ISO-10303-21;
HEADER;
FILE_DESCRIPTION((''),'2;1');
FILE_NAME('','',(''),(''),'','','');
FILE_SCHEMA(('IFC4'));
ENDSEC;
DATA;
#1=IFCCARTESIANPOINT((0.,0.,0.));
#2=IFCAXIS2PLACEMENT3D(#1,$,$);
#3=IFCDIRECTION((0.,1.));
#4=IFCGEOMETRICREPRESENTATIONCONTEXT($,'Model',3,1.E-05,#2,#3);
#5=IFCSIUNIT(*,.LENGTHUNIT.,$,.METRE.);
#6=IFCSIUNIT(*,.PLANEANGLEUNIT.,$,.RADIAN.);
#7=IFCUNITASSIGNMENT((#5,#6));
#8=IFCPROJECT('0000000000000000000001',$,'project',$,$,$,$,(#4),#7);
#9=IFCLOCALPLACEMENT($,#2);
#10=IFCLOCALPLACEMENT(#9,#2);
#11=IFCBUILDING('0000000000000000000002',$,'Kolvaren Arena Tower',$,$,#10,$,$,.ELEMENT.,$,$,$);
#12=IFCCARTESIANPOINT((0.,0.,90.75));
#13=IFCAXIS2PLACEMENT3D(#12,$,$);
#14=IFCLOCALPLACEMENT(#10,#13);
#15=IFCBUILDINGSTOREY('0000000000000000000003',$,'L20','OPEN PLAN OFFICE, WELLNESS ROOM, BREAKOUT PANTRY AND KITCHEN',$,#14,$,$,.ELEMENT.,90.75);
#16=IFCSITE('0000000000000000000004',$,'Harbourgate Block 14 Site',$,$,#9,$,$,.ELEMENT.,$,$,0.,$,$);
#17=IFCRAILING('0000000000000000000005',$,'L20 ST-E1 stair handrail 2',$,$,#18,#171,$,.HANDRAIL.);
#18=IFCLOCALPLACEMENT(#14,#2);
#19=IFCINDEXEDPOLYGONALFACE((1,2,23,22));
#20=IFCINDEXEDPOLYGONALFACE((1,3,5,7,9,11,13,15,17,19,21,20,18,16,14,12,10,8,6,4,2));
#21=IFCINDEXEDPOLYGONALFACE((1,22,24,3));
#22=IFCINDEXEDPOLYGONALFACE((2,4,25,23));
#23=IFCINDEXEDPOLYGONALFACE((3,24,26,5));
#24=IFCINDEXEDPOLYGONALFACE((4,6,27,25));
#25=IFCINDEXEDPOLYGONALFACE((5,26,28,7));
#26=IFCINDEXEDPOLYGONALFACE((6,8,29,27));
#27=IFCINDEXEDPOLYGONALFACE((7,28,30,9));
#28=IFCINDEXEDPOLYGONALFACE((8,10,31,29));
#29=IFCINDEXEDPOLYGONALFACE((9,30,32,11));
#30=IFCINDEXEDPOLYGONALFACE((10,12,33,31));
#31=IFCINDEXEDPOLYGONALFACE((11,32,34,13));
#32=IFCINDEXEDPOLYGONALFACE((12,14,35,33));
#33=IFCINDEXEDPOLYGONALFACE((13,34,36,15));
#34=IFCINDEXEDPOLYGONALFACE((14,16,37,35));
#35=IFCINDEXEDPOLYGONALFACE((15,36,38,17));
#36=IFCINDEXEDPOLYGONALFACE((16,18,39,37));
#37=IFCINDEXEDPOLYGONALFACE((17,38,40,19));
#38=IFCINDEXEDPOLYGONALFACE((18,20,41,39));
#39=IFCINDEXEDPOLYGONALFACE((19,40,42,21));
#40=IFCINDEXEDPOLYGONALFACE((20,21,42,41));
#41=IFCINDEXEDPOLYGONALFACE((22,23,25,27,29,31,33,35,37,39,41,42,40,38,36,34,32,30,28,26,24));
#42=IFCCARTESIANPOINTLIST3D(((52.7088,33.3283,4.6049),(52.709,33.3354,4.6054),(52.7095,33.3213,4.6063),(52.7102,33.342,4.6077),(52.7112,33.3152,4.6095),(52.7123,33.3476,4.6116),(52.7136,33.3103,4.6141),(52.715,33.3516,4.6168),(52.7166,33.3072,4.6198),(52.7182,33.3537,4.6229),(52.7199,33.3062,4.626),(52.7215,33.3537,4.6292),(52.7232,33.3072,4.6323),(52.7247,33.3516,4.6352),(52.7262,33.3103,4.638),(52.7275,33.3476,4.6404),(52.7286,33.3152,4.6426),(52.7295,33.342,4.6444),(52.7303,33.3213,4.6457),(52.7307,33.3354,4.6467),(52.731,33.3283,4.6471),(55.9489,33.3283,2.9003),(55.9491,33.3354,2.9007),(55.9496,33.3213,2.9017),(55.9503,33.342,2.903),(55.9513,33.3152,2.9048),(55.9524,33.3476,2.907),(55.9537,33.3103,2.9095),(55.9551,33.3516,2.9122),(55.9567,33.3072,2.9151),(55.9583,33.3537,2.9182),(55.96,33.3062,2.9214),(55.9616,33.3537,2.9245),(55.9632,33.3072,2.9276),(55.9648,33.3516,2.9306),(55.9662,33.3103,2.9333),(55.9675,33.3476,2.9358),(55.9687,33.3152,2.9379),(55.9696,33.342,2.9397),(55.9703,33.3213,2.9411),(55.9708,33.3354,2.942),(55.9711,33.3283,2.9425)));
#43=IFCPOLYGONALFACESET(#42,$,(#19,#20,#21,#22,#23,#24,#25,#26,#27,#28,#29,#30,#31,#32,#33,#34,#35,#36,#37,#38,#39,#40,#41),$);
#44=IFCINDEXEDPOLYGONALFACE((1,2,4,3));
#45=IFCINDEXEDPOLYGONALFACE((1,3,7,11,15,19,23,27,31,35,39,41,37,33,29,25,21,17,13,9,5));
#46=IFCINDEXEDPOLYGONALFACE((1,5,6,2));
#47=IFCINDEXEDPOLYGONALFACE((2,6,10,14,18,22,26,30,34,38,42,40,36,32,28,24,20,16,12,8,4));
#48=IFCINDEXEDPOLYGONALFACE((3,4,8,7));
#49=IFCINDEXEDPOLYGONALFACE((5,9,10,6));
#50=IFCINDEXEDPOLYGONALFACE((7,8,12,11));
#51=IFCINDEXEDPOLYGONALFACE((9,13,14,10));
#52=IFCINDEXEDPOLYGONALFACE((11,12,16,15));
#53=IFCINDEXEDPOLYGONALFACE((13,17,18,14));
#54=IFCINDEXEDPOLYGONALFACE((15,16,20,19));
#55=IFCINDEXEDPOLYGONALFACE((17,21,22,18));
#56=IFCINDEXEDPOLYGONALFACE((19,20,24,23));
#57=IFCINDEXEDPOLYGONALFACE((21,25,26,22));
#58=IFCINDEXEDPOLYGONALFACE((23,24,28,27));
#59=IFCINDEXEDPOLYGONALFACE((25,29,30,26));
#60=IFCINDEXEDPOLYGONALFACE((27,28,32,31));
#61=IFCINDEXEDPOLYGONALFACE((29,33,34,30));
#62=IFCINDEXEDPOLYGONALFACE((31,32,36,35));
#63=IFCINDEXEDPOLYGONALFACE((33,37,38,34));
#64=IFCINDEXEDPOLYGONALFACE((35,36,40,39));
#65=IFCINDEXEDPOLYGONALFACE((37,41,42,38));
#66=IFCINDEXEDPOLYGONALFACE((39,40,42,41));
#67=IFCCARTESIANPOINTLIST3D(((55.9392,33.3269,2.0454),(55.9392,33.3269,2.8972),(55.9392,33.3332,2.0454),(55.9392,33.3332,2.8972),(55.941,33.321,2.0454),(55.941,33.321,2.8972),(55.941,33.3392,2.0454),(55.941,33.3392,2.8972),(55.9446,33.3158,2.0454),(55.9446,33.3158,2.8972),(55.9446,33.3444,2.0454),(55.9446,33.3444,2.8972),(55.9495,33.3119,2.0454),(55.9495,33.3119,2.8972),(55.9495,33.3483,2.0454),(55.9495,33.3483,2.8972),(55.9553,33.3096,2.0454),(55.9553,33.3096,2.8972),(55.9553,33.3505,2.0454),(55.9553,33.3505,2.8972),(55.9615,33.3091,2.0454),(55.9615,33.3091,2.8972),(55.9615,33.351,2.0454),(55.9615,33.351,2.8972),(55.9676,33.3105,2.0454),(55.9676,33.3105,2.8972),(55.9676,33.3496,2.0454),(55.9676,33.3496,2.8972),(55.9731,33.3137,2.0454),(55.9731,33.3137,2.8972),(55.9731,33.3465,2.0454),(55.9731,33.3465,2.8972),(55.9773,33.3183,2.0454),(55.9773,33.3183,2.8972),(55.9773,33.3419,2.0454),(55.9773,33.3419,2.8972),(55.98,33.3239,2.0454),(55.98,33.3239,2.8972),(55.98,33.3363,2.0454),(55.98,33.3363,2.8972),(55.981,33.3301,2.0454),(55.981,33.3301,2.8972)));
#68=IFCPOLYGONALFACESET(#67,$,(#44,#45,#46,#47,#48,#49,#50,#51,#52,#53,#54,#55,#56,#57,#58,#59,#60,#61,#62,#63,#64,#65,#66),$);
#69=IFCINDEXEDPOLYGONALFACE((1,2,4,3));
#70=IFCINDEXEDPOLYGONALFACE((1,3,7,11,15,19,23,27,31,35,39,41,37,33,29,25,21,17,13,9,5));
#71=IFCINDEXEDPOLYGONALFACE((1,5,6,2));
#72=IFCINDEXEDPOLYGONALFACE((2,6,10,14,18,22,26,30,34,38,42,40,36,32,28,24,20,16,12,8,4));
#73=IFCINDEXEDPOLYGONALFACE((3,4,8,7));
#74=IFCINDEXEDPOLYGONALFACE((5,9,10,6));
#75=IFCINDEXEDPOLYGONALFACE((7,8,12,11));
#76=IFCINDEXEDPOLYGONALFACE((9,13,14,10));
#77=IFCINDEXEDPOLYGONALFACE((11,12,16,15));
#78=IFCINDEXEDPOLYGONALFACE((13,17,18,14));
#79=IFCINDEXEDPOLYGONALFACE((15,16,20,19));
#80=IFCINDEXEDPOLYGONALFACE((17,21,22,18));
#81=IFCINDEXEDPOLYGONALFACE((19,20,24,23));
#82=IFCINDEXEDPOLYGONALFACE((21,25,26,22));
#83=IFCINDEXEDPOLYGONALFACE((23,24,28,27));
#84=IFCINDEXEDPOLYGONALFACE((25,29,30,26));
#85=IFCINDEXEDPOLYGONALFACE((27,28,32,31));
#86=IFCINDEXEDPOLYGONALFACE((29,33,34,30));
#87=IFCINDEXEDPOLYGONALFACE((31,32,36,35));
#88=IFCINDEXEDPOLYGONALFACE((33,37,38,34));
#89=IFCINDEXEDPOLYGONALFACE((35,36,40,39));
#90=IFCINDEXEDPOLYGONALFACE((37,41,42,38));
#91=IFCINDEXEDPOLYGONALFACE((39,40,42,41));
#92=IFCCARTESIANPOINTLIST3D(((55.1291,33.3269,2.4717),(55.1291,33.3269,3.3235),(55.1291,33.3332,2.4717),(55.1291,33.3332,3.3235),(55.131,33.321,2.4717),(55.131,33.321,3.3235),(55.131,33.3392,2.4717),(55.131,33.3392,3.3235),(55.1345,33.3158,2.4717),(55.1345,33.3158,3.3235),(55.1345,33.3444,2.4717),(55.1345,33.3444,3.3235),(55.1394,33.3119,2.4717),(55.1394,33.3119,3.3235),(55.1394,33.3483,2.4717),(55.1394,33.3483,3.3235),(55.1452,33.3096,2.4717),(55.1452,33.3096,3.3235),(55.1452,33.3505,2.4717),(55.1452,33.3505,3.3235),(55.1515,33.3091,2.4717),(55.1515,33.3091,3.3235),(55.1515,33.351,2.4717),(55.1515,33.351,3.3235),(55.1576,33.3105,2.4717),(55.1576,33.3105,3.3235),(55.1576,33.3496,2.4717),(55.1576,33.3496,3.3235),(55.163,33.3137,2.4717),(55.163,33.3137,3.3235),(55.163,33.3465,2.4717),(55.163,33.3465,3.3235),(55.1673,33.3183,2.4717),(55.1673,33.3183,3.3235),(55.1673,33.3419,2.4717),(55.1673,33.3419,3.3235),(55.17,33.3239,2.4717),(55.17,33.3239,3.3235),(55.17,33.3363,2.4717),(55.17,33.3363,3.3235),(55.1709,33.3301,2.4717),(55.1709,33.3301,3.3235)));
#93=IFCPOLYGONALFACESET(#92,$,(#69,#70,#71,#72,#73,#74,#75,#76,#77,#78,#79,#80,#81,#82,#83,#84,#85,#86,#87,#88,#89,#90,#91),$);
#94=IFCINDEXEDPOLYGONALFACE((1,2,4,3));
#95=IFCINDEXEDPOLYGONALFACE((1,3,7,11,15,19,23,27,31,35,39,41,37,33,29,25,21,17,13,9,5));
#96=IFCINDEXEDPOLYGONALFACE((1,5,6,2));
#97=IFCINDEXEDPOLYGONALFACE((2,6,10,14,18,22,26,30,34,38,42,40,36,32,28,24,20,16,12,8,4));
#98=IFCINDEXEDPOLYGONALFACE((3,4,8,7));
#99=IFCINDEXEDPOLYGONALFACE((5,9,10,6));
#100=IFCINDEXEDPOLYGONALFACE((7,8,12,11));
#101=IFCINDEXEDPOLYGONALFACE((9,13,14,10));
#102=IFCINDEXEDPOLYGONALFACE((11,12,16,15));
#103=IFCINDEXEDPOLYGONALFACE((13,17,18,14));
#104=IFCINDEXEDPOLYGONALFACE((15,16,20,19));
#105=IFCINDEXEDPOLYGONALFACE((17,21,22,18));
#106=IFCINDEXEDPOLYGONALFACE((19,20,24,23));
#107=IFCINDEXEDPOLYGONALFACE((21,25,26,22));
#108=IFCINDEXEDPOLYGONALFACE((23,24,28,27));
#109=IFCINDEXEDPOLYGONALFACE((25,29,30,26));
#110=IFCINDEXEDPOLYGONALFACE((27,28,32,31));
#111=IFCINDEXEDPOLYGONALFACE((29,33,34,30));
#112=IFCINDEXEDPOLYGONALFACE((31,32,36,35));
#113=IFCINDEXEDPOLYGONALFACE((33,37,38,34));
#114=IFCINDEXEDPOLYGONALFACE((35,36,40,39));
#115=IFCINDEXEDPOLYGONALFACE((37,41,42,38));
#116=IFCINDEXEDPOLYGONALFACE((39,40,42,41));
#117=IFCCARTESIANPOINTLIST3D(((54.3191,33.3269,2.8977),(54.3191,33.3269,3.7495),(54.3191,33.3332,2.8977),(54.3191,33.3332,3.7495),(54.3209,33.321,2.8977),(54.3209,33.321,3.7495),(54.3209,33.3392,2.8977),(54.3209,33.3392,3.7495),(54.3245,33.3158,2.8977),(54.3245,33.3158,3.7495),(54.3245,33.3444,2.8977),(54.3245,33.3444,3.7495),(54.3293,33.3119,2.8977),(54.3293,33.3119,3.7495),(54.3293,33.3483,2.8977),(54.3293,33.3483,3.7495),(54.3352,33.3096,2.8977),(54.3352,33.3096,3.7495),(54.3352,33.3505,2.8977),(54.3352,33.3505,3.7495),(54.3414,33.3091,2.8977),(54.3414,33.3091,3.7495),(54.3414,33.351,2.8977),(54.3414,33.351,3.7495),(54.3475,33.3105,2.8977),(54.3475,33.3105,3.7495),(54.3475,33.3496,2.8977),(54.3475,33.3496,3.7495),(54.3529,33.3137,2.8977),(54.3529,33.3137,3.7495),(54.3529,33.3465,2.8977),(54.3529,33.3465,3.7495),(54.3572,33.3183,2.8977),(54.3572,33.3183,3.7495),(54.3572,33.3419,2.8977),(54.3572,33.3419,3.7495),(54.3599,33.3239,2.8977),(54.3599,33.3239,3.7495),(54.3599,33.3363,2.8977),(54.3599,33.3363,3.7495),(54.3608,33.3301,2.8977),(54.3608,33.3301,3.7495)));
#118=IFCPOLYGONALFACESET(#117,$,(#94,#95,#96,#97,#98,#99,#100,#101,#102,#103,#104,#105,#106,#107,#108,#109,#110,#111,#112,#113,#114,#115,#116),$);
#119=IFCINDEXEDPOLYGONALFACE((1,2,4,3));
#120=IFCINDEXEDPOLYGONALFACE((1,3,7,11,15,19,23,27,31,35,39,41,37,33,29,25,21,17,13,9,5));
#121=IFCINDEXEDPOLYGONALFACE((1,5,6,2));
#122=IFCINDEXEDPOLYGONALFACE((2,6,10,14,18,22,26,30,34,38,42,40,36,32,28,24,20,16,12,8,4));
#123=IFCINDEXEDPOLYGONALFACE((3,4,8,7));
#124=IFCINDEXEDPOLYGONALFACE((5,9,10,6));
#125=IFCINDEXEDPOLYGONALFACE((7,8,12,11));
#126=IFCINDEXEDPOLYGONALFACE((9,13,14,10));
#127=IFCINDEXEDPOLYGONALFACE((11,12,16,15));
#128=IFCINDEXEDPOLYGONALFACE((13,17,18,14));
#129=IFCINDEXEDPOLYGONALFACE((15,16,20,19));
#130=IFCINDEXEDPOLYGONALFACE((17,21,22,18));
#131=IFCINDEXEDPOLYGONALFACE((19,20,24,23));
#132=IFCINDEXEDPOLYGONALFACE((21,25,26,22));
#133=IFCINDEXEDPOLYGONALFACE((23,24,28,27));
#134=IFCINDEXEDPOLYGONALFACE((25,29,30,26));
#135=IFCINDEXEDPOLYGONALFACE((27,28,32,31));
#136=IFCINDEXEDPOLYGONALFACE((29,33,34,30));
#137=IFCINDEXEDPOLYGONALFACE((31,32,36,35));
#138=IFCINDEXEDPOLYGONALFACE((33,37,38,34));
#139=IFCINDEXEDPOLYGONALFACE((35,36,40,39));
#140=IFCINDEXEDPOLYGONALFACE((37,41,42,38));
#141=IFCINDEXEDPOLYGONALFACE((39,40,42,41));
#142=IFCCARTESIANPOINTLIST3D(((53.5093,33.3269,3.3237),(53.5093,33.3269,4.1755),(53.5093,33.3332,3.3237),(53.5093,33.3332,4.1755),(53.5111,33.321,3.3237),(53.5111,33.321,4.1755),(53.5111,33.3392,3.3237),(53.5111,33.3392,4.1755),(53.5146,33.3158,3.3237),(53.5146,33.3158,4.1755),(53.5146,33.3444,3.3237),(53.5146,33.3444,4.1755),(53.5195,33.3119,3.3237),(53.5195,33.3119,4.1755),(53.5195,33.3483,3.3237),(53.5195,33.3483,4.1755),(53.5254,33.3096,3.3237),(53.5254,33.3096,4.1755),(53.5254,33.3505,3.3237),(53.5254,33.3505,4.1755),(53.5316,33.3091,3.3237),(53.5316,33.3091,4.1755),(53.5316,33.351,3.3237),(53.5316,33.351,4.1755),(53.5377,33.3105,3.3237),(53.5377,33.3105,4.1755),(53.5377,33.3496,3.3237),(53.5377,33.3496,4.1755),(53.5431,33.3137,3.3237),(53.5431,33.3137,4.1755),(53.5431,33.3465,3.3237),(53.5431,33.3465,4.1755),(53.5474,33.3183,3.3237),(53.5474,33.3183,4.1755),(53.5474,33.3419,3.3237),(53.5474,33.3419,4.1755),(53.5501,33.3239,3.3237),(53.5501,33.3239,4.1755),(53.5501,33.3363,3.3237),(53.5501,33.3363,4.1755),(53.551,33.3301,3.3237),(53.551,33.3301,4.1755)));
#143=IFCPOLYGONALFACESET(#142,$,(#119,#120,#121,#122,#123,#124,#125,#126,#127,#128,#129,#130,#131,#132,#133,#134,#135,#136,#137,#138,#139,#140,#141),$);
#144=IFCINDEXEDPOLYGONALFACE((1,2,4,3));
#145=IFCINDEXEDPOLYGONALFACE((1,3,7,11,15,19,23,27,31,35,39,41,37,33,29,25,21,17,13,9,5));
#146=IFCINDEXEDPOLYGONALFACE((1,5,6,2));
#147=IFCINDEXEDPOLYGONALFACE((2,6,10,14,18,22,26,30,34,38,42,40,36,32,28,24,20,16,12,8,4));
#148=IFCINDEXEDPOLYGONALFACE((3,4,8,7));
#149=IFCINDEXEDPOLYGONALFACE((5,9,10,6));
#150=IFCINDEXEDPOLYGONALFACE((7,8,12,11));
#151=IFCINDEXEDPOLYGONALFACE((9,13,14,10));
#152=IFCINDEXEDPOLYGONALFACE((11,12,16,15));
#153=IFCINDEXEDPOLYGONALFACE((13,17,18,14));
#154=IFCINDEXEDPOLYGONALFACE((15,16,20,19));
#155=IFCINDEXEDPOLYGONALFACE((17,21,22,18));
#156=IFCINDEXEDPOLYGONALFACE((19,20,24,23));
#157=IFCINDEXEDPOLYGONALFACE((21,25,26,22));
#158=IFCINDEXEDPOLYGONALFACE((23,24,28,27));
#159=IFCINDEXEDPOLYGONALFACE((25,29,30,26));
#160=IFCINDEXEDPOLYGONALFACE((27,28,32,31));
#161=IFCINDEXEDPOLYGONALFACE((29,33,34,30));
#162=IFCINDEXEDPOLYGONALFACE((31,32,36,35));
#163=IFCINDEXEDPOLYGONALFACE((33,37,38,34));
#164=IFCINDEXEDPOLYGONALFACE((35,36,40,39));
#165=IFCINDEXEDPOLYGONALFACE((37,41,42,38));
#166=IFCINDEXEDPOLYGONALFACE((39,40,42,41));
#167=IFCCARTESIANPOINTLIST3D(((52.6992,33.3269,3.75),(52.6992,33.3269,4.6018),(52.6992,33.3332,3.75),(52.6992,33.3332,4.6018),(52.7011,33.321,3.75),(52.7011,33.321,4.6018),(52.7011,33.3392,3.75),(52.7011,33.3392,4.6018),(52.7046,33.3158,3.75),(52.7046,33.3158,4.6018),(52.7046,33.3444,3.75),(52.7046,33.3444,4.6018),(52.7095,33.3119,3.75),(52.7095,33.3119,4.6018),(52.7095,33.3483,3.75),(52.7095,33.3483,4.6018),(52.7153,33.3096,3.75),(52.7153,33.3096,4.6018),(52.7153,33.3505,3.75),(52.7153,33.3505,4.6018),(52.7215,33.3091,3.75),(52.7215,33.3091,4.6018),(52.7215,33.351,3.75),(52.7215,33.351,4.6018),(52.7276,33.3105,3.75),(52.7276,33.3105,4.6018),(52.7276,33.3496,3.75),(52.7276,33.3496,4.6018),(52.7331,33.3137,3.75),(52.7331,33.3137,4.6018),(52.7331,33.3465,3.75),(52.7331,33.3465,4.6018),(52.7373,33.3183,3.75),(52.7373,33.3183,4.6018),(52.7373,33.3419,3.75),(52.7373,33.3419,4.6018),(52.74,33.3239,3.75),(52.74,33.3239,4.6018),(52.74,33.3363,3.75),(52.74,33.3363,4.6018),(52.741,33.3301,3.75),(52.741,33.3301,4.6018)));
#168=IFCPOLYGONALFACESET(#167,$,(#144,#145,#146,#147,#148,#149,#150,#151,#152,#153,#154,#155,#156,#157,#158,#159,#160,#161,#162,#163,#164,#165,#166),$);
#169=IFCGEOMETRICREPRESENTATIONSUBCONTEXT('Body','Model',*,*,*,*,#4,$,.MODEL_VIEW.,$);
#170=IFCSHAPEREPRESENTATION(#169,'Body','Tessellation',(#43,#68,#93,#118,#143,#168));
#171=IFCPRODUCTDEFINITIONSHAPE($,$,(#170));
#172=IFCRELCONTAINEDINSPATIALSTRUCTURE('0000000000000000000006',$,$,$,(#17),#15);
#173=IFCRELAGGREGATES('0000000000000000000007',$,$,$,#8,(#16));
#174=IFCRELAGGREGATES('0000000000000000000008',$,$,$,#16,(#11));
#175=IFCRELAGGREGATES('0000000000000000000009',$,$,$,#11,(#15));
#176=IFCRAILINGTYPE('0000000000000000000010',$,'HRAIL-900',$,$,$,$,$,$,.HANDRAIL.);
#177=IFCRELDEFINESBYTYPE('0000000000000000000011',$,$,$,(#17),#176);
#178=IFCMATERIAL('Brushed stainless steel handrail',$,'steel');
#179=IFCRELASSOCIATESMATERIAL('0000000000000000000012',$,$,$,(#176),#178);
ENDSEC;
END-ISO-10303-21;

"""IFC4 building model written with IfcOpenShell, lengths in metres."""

from ifc_helpers import new_model, si_unit, direction, frame, origin, origin_2d, place, context, subcontext, project, spatial, circle, extrude, material, type_object, element, save


model = new_model("IFC4")

# Units and contexts
model_context = context("Model", 3, precision=1e-05, world=origin(), true_north=direction((0.0, 1.0)))
body_context = subcontext(model_context, "Body", "Model", "MODEL_VIEW")
ifc_project = project(units=[si_unit("LENGTHUNIT", "METRE"), si_unit("PLANEANGLEUNIT", "RADIAN")], contexts=[model_context])

# Site, building, storey
site_placement = place(None, origin())
site = spatial("IfcSite", under=ifc_project, at=site_placement, Name="Harbourgate Block 14 Site", CompositionType="ELEMENT", RefElevation=0.0)
building_placement = place(site_placement, origin())
building = spatial("IfcBuilding", under=site, at=building_placement, Name="Kolvaren Arena Tower", CompositionType="ELEMENT")
storey_placement = place(building_placement, frame((0.0, 0.0, 90.75)))
storey = spatial("IfcBuildingStorey", under=building, at=storey_placement, Name="L20", Description="OPEN PLAN OFFICE, WELLNESS ROOM, BREAKOUT PANTRY AND KITCHEN", CompositionType="ELEMENT", Elevation=90.75)

# Railing
ifc_material_1 = material(Name="Brushed stainless steel handrail", Category="steel")
railing_type_1 = type_object("IfcRailingType", Name="HRAIL-900", PredefinedType="HANDRAIL", material=ifc_material_1)
railing_1_placement = place(storey_placement, frame((55.96, 33.3301, 2.0454)))
element("IfcRailing", 1, at=railing_1_placement, inside=storey, type_object=railing_type_1, Name="L20 ST-E1 stair handrail 2", PredefinedType="HANDRAIL", context=body_context, shape_type="SweptSolid", body=[
    extrude(circle(Radius=0.0239, at=origin_2d()), frame((0.0, 0.0, 0.876), z_axis=(-0.884993, 0.0, 0.465604), x_axis=(0.0, -1.0, 0.0)), (0.0, 0.0, 1.0), 3.6611),
    extrude(circle(Radius=0.021, at=origin_2d()), origin(), (0.0, 0.0, 1.0), 0.8518),
    extrude(circle(Radius=0.021, at=origin_2d()), frame((-0.8101, 0.0, 0.4263)), (0.0, 0.0, 1.0), 0.8518),
    extrude(circle(Radius=0.021, at=origin_2d()), frame((-1.6201, 0.0, 0.8523)), (0.0, 0.0, 1.0), 0.8518),
    extrude(circle(Radius=0.021, at=origin_2d()), frame((-2.4299, 0.0, 1.2783)), (0.0, 0.0, 1.0), 0.8518),
    extrude(circle(Radius=0.021, at=origin_2d()), frame((-3.24, 0.0, 1.7046)), (0.0, 0.0, 1.0), 0.8518),
])

save(model, "model.ifc")
